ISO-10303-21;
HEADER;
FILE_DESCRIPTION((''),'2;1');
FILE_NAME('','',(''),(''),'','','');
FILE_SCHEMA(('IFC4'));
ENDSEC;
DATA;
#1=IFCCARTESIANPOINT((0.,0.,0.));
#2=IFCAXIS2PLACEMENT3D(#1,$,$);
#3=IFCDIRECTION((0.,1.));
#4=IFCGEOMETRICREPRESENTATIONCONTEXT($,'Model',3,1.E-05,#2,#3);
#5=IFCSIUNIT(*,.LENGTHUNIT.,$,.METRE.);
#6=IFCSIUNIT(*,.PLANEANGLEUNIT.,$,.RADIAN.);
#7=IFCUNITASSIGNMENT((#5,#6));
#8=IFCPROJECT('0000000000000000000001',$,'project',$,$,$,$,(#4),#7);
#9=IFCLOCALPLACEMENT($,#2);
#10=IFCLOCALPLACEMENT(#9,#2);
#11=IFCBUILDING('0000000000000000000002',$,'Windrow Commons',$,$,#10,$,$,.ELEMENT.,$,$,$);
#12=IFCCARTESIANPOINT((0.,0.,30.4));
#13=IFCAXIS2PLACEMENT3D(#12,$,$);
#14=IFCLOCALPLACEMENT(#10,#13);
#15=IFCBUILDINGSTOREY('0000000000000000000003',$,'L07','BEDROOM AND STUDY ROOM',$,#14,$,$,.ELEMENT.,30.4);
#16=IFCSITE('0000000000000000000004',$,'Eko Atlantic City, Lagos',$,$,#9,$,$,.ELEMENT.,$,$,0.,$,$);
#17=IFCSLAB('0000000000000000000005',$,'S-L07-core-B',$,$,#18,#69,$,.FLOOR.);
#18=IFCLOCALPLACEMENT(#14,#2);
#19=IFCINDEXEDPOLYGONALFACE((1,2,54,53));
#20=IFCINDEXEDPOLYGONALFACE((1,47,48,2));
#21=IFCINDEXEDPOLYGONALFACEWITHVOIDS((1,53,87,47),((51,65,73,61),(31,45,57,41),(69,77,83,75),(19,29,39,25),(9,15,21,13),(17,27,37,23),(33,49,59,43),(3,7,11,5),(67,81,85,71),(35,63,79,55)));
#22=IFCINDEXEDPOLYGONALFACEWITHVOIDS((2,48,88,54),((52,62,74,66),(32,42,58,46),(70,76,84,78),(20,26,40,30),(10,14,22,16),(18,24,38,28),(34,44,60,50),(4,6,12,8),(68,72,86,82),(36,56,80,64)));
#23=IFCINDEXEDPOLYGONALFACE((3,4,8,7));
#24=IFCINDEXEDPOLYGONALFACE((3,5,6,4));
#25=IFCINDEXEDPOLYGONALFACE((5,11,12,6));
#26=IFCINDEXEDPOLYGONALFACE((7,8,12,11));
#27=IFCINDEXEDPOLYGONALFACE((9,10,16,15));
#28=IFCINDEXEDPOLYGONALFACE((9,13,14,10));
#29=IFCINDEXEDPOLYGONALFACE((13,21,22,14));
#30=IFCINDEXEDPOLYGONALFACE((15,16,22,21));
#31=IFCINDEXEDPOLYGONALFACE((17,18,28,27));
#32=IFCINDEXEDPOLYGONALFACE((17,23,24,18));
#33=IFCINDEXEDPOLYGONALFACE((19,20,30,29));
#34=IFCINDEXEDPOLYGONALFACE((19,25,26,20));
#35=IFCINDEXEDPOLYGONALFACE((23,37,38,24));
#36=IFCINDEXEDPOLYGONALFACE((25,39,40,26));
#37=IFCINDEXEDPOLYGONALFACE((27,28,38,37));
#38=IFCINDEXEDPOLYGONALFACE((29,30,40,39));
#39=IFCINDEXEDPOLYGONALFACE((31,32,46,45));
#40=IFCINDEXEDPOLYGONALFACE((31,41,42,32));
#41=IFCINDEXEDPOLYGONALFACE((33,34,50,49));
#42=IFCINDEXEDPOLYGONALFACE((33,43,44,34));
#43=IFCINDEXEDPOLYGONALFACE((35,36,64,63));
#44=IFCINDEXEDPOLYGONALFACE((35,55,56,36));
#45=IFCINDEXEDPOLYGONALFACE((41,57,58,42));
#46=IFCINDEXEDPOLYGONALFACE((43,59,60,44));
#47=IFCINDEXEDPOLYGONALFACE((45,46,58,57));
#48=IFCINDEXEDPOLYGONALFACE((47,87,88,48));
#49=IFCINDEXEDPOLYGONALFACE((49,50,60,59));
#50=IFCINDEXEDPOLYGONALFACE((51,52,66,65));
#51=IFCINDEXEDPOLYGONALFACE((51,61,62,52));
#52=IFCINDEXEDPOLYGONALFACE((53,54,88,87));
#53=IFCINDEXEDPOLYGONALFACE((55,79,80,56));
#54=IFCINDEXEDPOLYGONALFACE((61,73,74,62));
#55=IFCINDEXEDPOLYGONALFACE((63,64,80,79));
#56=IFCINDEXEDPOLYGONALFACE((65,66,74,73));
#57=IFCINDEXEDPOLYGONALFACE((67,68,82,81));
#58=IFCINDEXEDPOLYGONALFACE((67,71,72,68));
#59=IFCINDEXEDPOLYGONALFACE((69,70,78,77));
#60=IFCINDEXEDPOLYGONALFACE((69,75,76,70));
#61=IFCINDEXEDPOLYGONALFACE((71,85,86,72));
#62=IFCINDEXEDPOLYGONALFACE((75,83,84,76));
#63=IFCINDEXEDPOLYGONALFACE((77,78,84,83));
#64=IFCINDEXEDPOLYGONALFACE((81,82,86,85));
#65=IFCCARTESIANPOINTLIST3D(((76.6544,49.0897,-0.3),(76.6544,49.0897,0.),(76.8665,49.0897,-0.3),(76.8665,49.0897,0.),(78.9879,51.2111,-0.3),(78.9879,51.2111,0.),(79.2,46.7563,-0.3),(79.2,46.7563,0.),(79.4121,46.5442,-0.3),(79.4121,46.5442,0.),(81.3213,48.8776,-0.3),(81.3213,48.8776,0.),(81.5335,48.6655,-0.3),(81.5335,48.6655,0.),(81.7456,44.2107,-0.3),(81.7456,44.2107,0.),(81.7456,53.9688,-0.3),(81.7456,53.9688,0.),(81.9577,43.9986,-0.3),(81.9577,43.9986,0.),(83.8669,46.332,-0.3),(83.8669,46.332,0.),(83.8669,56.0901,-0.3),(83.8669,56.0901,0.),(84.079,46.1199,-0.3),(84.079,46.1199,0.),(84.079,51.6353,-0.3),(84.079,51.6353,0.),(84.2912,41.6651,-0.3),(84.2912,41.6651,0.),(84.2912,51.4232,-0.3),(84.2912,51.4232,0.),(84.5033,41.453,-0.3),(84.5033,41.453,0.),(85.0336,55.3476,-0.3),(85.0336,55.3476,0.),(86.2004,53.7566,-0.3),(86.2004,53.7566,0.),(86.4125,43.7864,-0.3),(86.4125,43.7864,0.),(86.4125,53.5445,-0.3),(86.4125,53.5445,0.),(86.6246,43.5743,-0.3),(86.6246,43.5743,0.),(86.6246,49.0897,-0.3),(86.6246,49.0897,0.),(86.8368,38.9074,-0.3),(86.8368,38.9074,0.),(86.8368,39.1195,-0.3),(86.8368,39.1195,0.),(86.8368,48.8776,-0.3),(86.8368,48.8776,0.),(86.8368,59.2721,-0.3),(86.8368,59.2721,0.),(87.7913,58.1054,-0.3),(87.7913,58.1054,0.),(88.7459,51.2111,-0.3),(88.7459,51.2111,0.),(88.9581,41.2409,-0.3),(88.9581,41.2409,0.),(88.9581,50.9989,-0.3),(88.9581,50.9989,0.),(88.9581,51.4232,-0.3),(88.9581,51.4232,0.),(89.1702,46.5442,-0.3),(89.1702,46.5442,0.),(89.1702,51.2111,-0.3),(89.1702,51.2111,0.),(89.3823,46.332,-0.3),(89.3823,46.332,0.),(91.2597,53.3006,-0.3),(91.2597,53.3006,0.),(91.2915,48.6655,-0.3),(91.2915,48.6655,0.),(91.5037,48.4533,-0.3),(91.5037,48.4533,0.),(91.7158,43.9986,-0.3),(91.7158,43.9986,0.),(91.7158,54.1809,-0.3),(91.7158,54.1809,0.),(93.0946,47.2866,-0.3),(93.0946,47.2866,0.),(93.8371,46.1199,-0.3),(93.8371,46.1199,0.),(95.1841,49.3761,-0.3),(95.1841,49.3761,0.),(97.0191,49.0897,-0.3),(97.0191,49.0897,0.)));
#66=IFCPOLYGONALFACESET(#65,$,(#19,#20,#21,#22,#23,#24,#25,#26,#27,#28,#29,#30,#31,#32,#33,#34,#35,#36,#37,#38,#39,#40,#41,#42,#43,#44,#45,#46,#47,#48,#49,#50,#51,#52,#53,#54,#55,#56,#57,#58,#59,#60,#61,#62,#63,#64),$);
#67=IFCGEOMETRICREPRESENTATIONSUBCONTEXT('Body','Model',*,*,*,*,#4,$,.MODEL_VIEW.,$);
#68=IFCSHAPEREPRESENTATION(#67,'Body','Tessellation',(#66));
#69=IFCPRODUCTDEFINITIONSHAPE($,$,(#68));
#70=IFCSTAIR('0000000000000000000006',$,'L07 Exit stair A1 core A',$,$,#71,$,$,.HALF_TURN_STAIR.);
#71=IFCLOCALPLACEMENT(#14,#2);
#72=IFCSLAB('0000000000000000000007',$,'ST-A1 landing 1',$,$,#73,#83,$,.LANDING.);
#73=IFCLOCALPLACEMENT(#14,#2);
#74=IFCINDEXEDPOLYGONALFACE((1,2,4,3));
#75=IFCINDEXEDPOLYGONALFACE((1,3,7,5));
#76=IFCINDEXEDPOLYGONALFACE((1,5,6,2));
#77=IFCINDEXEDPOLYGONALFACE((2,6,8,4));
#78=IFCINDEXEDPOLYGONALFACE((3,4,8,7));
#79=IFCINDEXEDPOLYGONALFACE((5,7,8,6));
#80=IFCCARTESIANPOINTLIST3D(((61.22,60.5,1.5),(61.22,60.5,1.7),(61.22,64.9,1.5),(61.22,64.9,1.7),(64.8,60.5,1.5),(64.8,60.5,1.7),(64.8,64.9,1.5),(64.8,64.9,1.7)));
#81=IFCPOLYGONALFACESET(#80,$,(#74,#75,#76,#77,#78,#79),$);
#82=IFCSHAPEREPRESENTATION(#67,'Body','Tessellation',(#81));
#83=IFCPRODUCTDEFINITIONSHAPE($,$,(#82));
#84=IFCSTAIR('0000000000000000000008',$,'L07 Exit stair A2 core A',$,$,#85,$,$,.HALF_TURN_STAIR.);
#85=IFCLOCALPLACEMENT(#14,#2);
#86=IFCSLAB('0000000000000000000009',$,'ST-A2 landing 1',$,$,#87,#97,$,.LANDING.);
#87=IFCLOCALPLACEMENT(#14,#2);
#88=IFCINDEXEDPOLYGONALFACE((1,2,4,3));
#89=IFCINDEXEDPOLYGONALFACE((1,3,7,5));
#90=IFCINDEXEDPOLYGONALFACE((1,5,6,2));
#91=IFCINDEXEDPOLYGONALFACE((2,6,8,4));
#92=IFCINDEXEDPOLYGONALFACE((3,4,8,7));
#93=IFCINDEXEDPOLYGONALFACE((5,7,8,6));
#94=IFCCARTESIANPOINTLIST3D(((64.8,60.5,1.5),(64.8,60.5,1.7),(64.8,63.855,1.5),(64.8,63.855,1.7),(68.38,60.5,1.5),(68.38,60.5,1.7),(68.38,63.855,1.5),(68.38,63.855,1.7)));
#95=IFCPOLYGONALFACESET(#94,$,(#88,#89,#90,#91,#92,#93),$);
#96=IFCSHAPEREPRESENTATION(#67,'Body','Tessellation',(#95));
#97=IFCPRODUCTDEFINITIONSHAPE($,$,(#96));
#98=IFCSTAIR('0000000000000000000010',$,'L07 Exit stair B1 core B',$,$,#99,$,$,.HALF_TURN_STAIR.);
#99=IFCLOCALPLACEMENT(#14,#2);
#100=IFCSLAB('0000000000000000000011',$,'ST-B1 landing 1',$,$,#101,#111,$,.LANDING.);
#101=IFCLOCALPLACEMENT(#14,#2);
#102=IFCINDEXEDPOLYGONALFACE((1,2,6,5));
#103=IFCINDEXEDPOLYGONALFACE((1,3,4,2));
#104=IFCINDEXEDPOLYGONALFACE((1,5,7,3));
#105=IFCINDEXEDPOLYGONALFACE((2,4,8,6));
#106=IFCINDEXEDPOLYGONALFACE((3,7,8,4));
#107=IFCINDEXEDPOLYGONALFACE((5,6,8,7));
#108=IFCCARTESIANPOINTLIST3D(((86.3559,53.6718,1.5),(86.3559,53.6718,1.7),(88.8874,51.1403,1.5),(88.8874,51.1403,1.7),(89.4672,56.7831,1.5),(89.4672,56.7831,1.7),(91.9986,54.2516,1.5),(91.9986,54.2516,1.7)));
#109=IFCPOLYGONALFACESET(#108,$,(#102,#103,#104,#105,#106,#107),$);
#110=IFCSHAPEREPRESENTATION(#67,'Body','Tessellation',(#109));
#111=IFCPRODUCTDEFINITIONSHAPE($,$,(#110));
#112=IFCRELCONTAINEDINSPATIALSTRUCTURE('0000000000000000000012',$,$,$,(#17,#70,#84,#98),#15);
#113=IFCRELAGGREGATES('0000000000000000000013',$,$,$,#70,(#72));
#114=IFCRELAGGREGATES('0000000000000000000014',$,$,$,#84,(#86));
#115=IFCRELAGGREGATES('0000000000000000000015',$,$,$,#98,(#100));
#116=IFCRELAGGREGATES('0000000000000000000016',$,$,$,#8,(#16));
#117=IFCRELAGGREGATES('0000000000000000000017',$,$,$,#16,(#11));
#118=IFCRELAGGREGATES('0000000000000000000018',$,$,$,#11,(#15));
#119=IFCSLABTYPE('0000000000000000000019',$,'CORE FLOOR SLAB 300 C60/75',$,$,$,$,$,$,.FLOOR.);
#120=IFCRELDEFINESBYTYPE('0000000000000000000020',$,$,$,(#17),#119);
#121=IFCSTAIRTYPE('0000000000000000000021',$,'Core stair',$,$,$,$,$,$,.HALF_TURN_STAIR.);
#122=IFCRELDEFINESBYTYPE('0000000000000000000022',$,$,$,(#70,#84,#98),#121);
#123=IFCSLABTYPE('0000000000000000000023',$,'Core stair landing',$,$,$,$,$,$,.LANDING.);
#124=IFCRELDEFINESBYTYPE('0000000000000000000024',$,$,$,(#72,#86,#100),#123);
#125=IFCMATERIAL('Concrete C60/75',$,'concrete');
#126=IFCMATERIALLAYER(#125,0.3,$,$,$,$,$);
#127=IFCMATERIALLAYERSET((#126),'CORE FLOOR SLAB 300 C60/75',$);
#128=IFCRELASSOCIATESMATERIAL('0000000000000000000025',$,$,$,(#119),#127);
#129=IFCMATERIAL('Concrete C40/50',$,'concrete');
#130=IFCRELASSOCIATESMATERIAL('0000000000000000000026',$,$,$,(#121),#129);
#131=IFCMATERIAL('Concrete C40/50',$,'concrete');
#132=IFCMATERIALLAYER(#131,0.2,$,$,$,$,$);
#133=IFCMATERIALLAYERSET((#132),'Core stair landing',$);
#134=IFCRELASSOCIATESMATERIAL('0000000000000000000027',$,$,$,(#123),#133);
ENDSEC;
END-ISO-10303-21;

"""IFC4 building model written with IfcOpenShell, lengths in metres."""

from ifc_helpers import new_model, si_unit, direction, frame, origin, place, context, subcontext, project, spatial, polyline, outline, extrude, material, layer, layer_set, type_object, element, aggregate, save


model = new_model("IFC4")

# Units and contexts
model_context = context("Model", 3, precision=1e-05, world=origin(), true_north=direction((0.0, 1.0)))
body_context = subcontext(model_context, "Body", "Model", "MODEL_VIEW")
ifc_project = project(units=[si_unit("LENGTHUNIT", "METRE"), si_unit("PLANEANGLEUNIT", "RADIAN")], contexts=[model_context])

# Site, building, storey
site_placement = place(None, origin())
site = spatial("IfcSite", under=ifc_project, at=site_placement, Name="Eko Atlantic City, Lagos", CompositionType="ELEMENT", RefElevation=0.0)
building_placement = place(site_placement, origin())
building = spatial("IfcBuilding", under=site, at=building_placement, Name="Windrow Commons", CompositionType="ELEMENT")
storey_placement = place(building_placement, frame((0.0, 0.0, 30.4)))
storey = spatial("IfcBuildingStorey", under=building, at=storey_placement, Name="L07", Description="BEDROOM AND STUDY ROOM", CompositionType="ELEMENT", Elevation=30.4)

# Slab, openings
ifc_material_1 = material(Name="Concrete C60/75", Category="concrete")
ifc_layer_1 = layer(ifc_material_1, 0.3)
ifc_layer_set_1 = layer_set([ifc_layer_1], Name="CORE FLOOR SLAB 300 C60/75")
slab_type_1 = type_object("IfcSlabType", Name="CORE FLOOR SLAB 300 C60/75", PredefinedType="FLOOR", material=ifc_layer_set_1)
placement_1 = place(storey_placement, frame((0.0, 0.0, -0.3)))
slab_1 = element("IfcSlab", 1, at=placement_1, inside=storey, type_object=slab_type_1, Name="S-L07-core-B", PredefinedType="FLOOR", context=body_context, shape_type="SweptSolid", body=[
    extrude(outline(polyline([(76.6544, 49.0897), (86.8368, 38.9074), (97.0191, 49.0897), (86.8368, 59.2721), (76.6544, 49.0897)]), holes=[polyline([(76.8665, 49.0897), (79.2, 46.7563), (81.3213, 48.8776), (78.9879, 51.2111), (76.8665, 49.0897)]), polyline([(79.4121, 46.5442), (81.7456, 44.2107), (83.8669, 46.332), (81.5335, 48.6655), (79.4121, 46.5442)]), polyline([(81.9577, 43.9986), (84.2912, 41.6651), (86.4125, 43.7864), (84.079, 46.1199), (81.9577, 43.9986)]), polyline([(84.5033, 41.453), (86.8368, 39.1195), (88.9581, 41.2409), (86.6246, 43.5743), (84.5033, 41.453)]), polyline([(81.7456, 53.9688), (84.079, 51.6353), (86.2004, 53.7566), (83.8669, 56.0901), (81.7456, 53.9688)]), polyline([(84.2912, 51.4232), (86.6246, 49.0897), (88.7459, 51.2111), (86.4125, 53.5445), (84.2912, 51.4232)]), polyline([(86.8368, 48.8776), (89.1702, 46.5442), (91.2915, 48.6655), (88.9581, 50.9989), (86.8368, 48.8776)]), polyline([(89.3823, 46.332), (91.7158, 43.9986), (93.8371, 46.1199), (91.5037, 48.4533), (89.3823, 46.332)]), polyline([(85.0336, 55.3476), (88.9581, 51.4232), (91.7158, 54.1809), (87.7913, 58.1054), (85.0336, 55.3476)]), polyline([(89.1702, 51.2111), (93.0946, 47.2866), (95.1841, 49.3761), (91.2597, 53.3006), (89.1702, 51.2111)])]), origin(), (0.0, 0.0, 1.0), 0.3),
])
opening_1_placement = place(placement_1, origin())
element("IfcOpeningElement", 2, at=opening_1_placement, cuts=slab_1, PredefinedType="OPENING", context=body_context, shape_type="SweptSolid", body=[
    extrude(outline(polyline([(76.8736, 49.0897), (78.9879, 51.204), (81.3142, 48.8776), (79.2, 46.7634), (76.8736, 49.0897)])), origin(), (0.0, 0.0, 1.0), 0.3),
])
opening_2_placement = place(placement_1, origin())
element("IfcOpeningElement", 3, at=opening_2_placement, cuts=slab_1, PredefinedType="OPENING", context=body_context, shape_type="SweptSolid", body=[
    extrude(outline(polyline([(79.4192, 46.5442), (81.5335, 48.6584), (83.8598, 46.332), (81.7456, 44.2178), (79.4192, 46.5442)])), origin(), (0.0, 0.0, 1.0), 0.3),
])
opening_3_placement = place(placement_1, origin())
element("IfcOpeningElement", 4, at=opening_3_placement, cuts=slab_1, PredefinedType="OPENING", context=body_context, shape_type="SweptSolid", body=[
    extrude(outline(polyline([(81.9648, 43.9986), (84.079, 46.1128), (86.4054, 43.7864), (84.2912, 41.6722), (81.9648, 43.9986)])), origin(), (0.0, 0.0, 1.0), 0.3),
])
opening_4_placement = place(placement_1, origin())
element("IfcOpeningElement", 5, at=opening_4_placement, cuts=slab_1, PredefinedType="OPENING", context=body_context, shape_type="SweptSolid", body=[
    extrude(outline(polyline([(84.5104, 41.453), (86.6246, 43.5672), (88.951, 41.2409), (86.8368, 39.1266), (84.5104, 41.453)])), origin(), (0.0, 0.0, 1.0), 0.3),
])
opening_5_placement = place(placement_1, origin())
element("IfcOpeningElement", 6, at=opening_5_placement, cuts=slab_1, PredefinedType="OPENING", context=body_context, shape_type="SweptSolid", body=[
    extrude(outline(polyline([(81.7527, 53.9688), (83.8669, 56.083), (86.1933, 53.7566), (84.079, 51.6424), (81.7527, 53.9688)])), origin(), (0.0, 0.0, 1.0), 0.3),
])
opening_6_placement = place(placement_1, origin())
element("IfcOpeningElement", 7, at=opening_6_placement, cuts=slab_1, PredefinedType="OPENING", context=body_context, shape_type="SweptSolid", body=[
    extrude(outline(polyline([(84.2983, 51.4232), (86.4125, 53.5374), (88.7388, 51.2111), (86.6246, 49.0968), (84.2983, 51.4232)])), origin(), (0.0, 0.0, 1.0), 0.3),
])
opening_7_placement = place(placement_1, origin())
element("IfcOpeningElement", 8, at=opening_7_placement, cuts=slab_1, PredefinedType="OPENING", context=body_context, shape_type="SweptSolid", body=[
    extrude(outline(polyline([(86.8439, 48.8776), (88.9581, 50.9918), (91.2844, 48.6655), (89.1702, 46.5513), (86.8439, 48.8776)])), origin(), (0.0, 0.0, 1.0), 0.3),
])
opening_8_placement = place(placement_1, origin())
element("IfcOpeningElement", 9, at=opening_8_placement, cuts=slab_1, PredefinedType="OPENING", context=body_context, shape_type="SweptSolid", body=[
    extrude(outline(polyline([(89.3894, 46.332), (91.5037, 48.4462), (93.83, 46.1199), (91.7158, 44.0057), (89.3894, 46.332)])), origin(), (0.0, 0.0, 1.0), 0.3),
])
opening_9_placement = place(placement_1, origin())
element("IfcOpeningElement", 10, at=opening_9_placement, cuts=slab_1, PredefinedType="OPENING", context=body_context, shape_type="SweptSolid", body=[
    extrude(outline(polyline([(85.0407, 55.3476), (87.7913, 58.0983), (91.7087, 54.1809), (88.9581, 51.4303), (85.0407, 55.3476)])), origin(), (0.0, 0.0, 1.0), 0.3),
])
opening_10_placement = place(placement_1, origin())
element("IfcOpeningElement", 11, at=opening_10_placement, cuts=slab_1, PredefinedType="OPENING", context=body_context, shape_type="SweptSolid", body=[
    extrude(outline(polyline([(89.1773, 51.2111), (91.2597, 53.2935), (95.177, 49.3761), (93.0946, 47.2937), (89.1773, 51.2111)])), origin(), (0.0, 0.0, 1.0), 0.3),
])

# Stairs, slabs
ifc_material_2 = material(Name="Concrete C40/50", Category="concrete")
stair_type = type_object("IfcStairType", Name="Core stair", PredefinedType="HALF_TURN_STAIR", material=ifc_material_2)
placement_2 = place(storey_placement, origin())
stair_1 = element("IfcStair", 12, at=placement_2, inside=storey, type_object=stair_type, Name="L07 Exit stair A1 core A", PredefinedType="HALF_TURN_STAIR")
ifc_material_3 = material(Name="Concrete C40/50", Category="concrete")
ifc_layer_2 = layer(ifc_material_3, 0.2)
ifc_layer_set_2 = layer_set([ifc_layer_2], Name="Core stair landing")
slab_type_2 = type_object("IfcSlabType", Name="Core stair landing", PredefinedType="LANDING", material=ifc_layer_set_2)
placement_3 = place(storey_placement, frame((0.0, 0.0, 1.5)))
slab_2 = element("IfcSlab", 13, at=placement_3, type_object=slab_type_2, Name="ST-A1 landing 1", PredefinedType="LANDING", context=body_context, shape_type="SweptSolid", body=[
    extrude(outline(polyline([(61.22, 60.5), (64.8, 60.5), (64.8, 64.9), (61.22, 64.9), (61.22, 60.5)])), origin(), (0.0, 0.0, 1.0), 0.2),
])
aggregate(stair_1, [slab_2])
stair_2 = element("IfcStair", 14, at=placement_2, inside=storey, type_object=stair_type, Name="L07 Exit stair A2 core A", PredefinedType="HALF_TURN_STAIR")
slab_3 = element("IfcSlab", 15, at=placement_3, type_object=slab_type_2, Name="ST-A2 landing 1", PredefinedType="LANDING", context=body_context, shape_type="SweptSolid", body=[
    extrude(outline(polyline([(64.8, 60.5), (68.38, 60.5), (68.38, 63.855), (64.8, 63.855), (64.8, 60.5)])), origin(), (0.0, 0.0, 1.0), 0.2),
])
aggregate(stair_2, [slab_3])
stair_3 = element("IfcStair", 16, at=placement_2, inside=storey, type_object=stair_type, Name="L07 Exit stair B1 core B", PredefinedType="HALF_TURN_STAIR")
slab_4 = element("IfcSlab", 17, at=placement_3, type_object=slab_type_2, Name="ST-B1 landing 1", PredefinedType="LANDING", context=body_context, shape_type="SweptSolid", body=[
    extrude(outline(polyline([(86.3559, 53.6718), (88.8874, 51.1403), (91.9986, 54.2516), (89.4672, 56.7831), (86.3559, 53.6718)])), origin(), (0.0, 0.0, 1.0), 0.2),
])
aggregate(stair_3, [slab_4])

save(model, "model.ifc")
